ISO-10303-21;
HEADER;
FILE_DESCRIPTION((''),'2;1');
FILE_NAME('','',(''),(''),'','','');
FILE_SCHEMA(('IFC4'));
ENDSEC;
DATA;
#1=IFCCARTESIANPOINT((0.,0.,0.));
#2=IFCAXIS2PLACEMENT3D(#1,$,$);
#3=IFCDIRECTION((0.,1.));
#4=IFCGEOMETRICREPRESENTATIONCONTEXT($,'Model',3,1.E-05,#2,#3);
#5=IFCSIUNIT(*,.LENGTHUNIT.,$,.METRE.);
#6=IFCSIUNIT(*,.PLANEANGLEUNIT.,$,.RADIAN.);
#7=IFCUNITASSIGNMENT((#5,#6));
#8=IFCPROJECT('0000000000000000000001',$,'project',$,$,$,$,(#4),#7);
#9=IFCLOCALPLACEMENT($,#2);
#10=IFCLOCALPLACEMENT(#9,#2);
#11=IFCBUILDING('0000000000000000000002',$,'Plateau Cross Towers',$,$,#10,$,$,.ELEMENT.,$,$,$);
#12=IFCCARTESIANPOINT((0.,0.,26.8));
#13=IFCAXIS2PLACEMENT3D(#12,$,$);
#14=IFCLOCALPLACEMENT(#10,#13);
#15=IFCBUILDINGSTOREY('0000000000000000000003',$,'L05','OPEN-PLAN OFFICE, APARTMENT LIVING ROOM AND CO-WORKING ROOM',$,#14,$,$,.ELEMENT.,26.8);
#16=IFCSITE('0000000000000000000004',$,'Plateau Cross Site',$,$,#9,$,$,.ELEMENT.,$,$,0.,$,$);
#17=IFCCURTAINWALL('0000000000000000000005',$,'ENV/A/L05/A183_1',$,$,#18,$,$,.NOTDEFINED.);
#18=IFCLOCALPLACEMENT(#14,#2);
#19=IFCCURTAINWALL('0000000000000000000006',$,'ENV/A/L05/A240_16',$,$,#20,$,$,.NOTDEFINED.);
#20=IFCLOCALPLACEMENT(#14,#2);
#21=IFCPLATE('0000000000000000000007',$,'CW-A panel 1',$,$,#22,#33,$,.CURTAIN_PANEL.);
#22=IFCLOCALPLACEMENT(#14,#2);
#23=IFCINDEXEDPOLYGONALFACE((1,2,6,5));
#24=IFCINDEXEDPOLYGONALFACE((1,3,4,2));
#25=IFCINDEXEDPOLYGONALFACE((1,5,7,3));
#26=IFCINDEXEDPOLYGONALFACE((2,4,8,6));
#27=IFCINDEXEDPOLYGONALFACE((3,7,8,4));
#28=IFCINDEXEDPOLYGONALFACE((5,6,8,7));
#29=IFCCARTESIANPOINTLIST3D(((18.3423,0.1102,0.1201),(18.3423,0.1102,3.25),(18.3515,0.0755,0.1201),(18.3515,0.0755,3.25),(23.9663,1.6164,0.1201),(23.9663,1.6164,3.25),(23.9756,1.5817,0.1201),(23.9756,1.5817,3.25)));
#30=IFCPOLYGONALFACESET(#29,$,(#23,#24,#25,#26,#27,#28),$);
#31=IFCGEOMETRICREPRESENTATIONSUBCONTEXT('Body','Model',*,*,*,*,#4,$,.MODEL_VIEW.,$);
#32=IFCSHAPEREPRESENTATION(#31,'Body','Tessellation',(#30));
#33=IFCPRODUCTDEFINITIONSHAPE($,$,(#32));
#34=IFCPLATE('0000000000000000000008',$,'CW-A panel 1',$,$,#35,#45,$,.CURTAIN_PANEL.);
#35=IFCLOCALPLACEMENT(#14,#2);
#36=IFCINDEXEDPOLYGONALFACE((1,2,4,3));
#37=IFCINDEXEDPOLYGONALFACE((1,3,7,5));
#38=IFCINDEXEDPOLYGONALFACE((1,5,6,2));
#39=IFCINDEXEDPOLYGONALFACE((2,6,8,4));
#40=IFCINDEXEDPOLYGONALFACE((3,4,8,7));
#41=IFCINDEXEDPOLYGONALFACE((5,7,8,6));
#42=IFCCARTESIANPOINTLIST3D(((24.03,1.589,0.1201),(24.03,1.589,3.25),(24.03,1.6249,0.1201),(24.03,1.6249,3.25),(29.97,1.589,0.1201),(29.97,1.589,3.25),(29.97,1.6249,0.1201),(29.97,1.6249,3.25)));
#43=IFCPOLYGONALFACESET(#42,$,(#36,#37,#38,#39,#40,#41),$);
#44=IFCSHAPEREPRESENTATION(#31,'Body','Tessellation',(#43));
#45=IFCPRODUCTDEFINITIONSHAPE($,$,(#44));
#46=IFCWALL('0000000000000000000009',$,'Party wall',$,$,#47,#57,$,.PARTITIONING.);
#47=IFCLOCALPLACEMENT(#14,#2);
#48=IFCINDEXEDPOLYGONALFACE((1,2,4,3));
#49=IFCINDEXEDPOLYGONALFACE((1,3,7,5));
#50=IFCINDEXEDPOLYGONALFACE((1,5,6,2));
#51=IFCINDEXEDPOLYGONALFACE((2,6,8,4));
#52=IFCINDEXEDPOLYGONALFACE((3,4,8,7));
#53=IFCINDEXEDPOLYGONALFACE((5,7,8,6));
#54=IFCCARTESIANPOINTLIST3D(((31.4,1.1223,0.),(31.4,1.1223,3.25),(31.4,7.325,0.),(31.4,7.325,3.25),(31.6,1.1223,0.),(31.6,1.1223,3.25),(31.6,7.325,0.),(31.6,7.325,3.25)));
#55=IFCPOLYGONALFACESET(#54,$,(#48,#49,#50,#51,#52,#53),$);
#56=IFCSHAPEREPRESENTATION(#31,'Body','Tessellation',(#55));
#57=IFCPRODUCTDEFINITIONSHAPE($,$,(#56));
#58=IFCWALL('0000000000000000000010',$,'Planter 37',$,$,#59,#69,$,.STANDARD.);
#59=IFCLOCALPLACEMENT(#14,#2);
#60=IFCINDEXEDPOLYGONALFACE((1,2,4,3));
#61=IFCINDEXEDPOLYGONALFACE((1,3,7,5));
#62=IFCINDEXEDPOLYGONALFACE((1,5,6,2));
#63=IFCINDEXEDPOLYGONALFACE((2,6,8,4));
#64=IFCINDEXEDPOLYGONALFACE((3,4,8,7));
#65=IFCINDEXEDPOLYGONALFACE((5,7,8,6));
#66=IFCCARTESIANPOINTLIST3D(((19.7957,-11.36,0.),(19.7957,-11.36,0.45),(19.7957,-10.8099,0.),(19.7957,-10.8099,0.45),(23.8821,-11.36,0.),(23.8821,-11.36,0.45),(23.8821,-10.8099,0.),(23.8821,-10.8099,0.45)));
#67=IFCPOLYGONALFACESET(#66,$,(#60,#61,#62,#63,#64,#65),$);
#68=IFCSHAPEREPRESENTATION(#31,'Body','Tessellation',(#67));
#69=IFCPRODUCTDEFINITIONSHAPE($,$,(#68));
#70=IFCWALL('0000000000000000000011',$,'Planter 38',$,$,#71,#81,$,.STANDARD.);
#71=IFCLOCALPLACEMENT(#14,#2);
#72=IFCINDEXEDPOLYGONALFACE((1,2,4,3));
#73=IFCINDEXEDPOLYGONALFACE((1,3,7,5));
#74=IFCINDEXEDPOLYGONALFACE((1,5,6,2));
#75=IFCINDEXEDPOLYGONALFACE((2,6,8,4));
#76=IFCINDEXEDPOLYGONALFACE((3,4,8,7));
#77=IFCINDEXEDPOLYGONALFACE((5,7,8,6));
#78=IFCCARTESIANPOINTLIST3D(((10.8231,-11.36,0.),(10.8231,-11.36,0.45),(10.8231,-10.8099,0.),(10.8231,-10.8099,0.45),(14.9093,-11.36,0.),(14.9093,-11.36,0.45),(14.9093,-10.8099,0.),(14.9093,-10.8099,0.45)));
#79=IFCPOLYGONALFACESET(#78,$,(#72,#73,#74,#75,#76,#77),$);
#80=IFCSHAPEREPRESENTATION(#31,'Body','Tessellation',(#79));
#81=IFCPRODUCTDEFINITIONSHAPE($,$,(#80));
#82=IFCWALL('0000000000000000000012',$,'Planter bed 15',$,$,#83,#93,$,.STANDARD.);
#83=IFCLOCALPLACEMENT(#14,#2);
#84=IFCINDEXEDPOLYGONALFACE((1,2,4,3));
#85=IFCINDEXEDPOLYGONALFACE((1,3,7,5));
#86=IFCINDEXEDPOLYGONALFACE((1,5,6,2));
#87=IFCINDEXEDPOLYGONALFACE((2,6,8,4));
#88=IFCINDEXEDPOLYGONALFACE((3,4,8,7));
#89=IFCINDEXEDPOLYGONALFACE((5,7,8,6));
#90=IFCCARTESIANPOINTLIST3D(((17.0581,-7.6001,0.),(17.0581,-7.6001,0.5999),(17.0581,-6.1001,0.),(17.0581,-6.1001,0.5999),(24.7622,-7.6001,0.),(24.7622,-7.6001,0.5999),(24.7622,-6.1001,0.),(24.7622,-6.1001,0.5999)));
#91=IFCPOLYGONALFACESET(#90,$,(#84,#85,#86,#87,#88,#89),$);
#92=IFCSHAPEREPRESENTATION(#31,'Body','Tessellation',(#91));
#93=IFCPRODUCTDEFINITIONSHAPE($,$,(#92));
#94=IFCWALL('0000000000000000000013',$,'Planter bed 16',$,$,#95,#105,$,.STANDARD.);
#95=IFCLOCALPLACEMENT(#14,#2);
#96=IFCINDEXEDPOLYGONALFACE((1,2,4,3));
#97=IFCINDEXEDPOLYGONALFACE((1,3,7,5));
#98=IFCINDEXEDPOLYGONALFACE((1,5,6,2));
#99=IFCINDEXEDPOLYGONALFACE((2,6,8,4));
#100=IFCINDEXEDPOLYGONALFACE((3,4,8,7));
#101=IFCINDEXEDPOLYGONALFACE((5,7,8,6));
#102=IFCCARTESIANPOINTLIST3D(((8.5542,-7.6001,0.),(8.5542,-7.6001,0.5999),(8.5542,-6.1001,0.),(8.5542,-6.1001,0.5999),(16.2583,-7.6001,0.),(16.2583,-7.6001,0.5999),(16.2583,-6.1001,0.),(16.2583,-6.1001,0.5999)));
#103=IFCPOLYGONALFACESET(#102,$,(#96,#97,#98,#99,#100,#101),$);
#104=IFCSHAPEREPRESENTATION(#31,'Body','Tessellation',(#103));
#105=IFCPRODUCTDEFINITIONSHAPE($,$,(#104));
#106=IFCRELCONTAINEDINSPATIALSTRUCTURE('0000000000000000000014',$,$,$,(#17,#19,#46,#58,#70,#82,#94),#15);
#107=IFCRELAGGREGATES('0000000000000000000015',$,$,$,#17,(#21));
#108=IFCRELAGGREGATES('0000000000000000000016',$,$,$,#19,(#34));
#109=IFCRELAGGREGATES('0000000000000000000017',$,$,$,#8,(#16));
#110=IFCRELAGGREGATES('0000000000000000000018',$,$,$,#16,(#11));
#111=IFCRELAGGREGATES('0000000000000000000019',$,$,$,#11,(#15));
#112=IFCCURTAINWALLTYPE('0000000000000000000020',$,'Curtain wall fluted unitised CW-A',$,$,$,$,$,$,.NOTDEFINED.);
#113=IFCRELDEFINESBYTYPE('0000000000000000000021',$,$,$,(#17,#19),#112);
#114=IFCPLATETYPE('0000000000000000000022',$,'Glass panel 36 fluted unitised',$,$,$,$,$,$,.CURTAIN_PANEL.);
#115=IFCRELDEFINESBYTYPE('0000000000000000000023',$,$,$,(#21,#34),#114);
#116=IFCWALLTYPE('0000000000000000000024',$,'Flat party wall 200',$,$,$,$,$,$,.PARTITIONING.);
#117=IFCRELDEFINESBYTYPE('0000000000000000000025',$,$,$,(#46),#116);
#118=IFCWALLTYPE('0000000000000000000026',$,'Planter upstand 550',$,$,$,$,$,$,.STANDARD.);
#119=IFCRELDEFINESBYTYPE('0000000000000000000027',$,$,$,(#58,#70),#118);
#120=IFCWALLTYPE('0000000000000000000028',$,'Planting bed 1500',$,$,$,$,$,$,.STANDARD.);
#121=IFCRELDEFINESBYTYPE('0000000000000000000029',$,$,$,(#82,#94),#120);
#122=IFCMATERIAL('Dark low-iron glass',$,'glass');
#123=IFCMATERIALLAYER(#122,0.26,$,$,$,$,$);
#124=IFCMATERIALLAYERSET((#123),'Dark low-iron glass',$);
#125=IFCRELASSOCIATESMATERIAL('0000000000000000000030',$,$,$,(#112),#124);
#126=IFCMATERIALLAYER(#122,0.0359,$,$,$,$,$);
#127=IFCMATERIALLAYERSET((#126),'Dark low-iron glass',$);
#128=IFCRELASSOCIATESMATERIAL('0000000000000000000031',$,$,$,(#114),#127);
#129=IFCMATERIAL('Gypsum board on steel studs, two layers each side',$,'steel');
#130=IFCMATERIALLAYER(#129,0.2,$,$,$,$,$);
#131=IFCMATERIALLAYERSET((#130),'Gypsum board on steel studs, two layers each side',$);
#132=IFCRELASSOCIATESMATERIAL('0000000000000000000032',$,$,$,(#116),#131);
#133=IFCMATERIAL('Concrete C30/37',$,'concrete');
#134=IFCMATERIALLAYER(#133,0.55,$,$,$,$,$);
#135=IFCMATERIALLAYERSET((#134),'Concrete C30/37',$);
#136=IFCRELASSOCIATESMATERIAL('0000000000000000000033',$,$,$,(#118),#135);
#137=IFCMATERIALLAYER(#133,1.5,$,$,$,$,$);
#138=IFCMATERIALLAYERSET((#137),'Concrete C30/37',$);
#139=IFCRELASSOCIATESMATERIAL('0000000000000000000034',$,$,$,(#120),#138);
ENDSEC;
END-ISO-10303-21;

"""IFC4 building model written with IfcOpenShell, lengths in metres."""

from ifc_helpers import new_model, si_unit, direction, frame, frame_2d, origin, origin_2d, place, context, subcontext, project, spatial, rectangle, extrude, material, layer, layer_set, type_object, element, aggregate, save


model = new_model("IFC4")

# Units and contexts
model_context = context("Model", 3, precision=1e-05, world=origin(), true_north=direction((0.0, 1.0)))
body_context = subcontext(model_context, "Body", "Model", "MODEL_VIEW")
ifc_project = project(units=[si_unit("LENGTHUNIT", "METRE"), si_unit("PLANEANGLEUNIT", "RADIAN")], contexts=[model_context])

# Site, building, storey
site_placement = place(None, origin())
site = spatial("IfcSite", under=ifc_project, at=site_placement, Name="Plateau Cross Site", CompositionType="ELEMENT", RefElevation=0.0)
building_placement = place(site_placement, origin())
building = spatial("IfcBuilding", under=site, at=building_placement, Name="Plateau Cross Towers", CompositionType="ELEMENT")
storey_placement = place(building_placement, frame((0.0, 0.0, 26.8)))
storey = spatial("IfcBuildingStorey", under=building, at=storey_placement, Name="L05", Description="OPEN-PLAN OFFICE, APARTMENT LIVING ROOM AND CO-WORKING ROOM", CompositionType="ELEMENT", Elevation=26.8)

# Shared definitions
ifc_material_1 = material(Name="Dark low-iron glass", Category="glass")
ifc_layer_1 = layer(ifc_material_1, 0.26)
ifc_layer_set_1 = layer_set([ifc_layer_1], Name="Dark low-iron glass")
curtain_wall_type = type_object("IfcCurtainWallType", Name="Curtain wall fluted unitised CW-A", PredefinedType="NOTDEFINED", material=ifc_layer_set_1)

# Curtain walls
curtain_wall_1_placement = place(storey_placement, origin())
curtain_wall_1 = element("IfcCurtainWall", 1, at=curtain_wall_1_placement, inside=storey, type_object=curtain_wall_type, Name="ENV/A/L05/A183_1", PredefinedType="NOTDEFINED")
curtain_wall_2_placement = place(storey_placement, origin())
curtain_wall_2 = element("IfcCurtainWall", 2, at=curtain_wall_2_placement, inside=storey, type_object=curtain_wall_type, Name="ENV/A/L05/A240_16", PredefinedType="NOTDEFINED")

# Plates
ifc_layer_2 = layer(ifc_material_1, 0.0359)
ifc_layer_set_2 = layer_set([ifc_layer_2], Name="Dark low-iron glass")
plate_type = type_object("IfcPlateType", Name="Glass panel 36 fluted unitised", PredefinedType="CURTAIN_PANEL", material=ifc_layer_set_2)
plate_1_placement = place(storey_placement, frame((21.1589, 0.8459, 0.1201), z_axis=(0.0, 0.0, 1.0), x_axis=(0.965958, 0.258699, 0.0)))
plate_1 = element("IfcPlate", 3, at=plate_1_placement, type_object=plate_type, Name="CW-A panel 1", PredefinedType="CURTAIN_PANEL", context=body_context, shape_type="SweptSolid", body=[
    extrude(rectangle(XDim=5.8223, YDim=0.0359, at=origin_2d()), origin(), (0.0, 0.0, 1.0), 3.1299),
])
aggregate(curtain_wall_1, [plate_1])
plate_2_placement = place(storey_placement, frame((27.0, 1.6069, 0.1201), z_axis=(0.0, 0.0, 1.0), x_axis=(1.0, 0.0, 0.0)))
plate_2 = element("IfcPlate", 4, at=plate_2_placement, type_object=plate_type, Name="CW-A panel 1", PredefinedType="CURTAIN_PANEL", context=body_context, shape_type="SweptSolid", body=[
    extrude(rectangle(XDim=5.9399, YDim=0.0359, at=origin_2d()), origin(), (0.0, 0.0, 1.0), 3.1299),
])
aggregate(curtain_wall_2, [plate_2])

# Walls
ifc_material_2 = material(Name="Gypsum board on steel studs, two layers each side", Category="steel")
ifc_layer_3 = layer(ifc_material_2, 0.2)
ifc_layer_set_3 = layer_set([ifc_layer_3], Name="Gypsum board on steel studs, two layers each side")
wall_type_1 = type_object("IfcWallType", Name="Flat party wall 200", PredefinedType="PARTITIONING", material=ifc_layer_set_3)
wall_1_placement = place(storey_placement, frame((31.5, 1.1223, 0.0), z_axis=(0.0, 0.0, 1.0), x_axis=(0.0, 1.0, 0.0)))
element("IfcWall", 5, at=wall_1_placement, inside=storey, type_object=wall_type_1, Name="Party wall", PredefinedType="PARTITIONING", context=body_context, shape_type="SweptSolid", body=[
    extrude(rectangle(XDim=6.2026, YDim=0.2, at=frame_2d((3.1013, 0.0))), origin(), (0.0, 0.0, 1.0), 3.25),
])
ifc_material_3 = material(Name="Concrete C30/37", Category="concrete")
ifc_layer_4 = layer(ifc_material_3, 0.55)
ifc_layer_set_4 = layer_set([ifc_layer_4], Name="Concrete C30/37")
wall_type_2 = type_object("IfcWallType", Name="Planter upstand 550", PredefinedType="STANDARD", material=ifc_layer_set_4)
wall_2_placement = place(storey_placement, frame((23.8821, -11.085, 0.0), z_axis=(0.0, 0.0, 1.0), x_axis=(-1.0, 0.0, 0.0)))
element("IfcWall", 6, at=wall_2_placement, inside=storey, type_object=wall_type_2, Name="Planter 37", PredefinedType="STANDARD", context=body_context, shape_type="SweptSolid", body=[
    extrude(rectangle(XDim=4.0864, YDim=0.55, at=frame_2d((2.0432, 0.0))), origin(), (0.0, 0.0, 1.0), 0.45),
])
wall_3_placement = place(storey_placement, frame((14.9092, -11.085, 0.0), z_axis=(0.0, 0.0, 1.0), x_axis=(-1.0, 0.0, 0.0)))
element("IfcWall", 7, at=wall_3_placement, inside=storey, type_object=wall_type_2, Name="Planter 38", PredefinedType="STANDARD", context=body_context, shape_type="SweptSolid", body=[
    extrude(rectangle(XDim=4.0862, YDim=0.55, at=frame_2d((2.043, 0.0))), origin(), (0.0, 0.0, 1.0), 0.45),
])
ifc_layer_5 = layer(ifc_material_3, 1.5)
ifc_layer_set_5 = layer_set([ifc_layer_5], Name="Concrete C30/37")
wall_type_3 = type_object("IfcWallType", Name="Planting bed 1500", PredefinedType="STANDARD", material=ifc_layer_set_5)
for number, where, z_axis, x_axis, name in (
    (8, (24.7622, -6.8501, 0.0), (0.0, 0.0, 1.0), (-1.0, 0.0, 0.0), "Planter bed 15"),
    (9, (16.2583, -6.8501, 0.0), (0.0, 0.0, 1.0), (-1.0, 0.0, 0.0), "Planter bed 16"),
):
    element("IfcWall", number, at=place(storey_placement, frame(where, z_axis=z_axis, x_axis=x_axis)), inside=storey, type_object=wall_type_3, Name=name, PredefinedType="STANDARD", context=body_context, shape_type="SweptSolid", body=[
        extrude(rectangle(XDim=7.7041, YDim=1.5, at=frame_2d((3.8521, 0.0))), origin(), (0.0, 0.0, 1.0), 0.5999),
    ])

save(model, "model.ifc")
